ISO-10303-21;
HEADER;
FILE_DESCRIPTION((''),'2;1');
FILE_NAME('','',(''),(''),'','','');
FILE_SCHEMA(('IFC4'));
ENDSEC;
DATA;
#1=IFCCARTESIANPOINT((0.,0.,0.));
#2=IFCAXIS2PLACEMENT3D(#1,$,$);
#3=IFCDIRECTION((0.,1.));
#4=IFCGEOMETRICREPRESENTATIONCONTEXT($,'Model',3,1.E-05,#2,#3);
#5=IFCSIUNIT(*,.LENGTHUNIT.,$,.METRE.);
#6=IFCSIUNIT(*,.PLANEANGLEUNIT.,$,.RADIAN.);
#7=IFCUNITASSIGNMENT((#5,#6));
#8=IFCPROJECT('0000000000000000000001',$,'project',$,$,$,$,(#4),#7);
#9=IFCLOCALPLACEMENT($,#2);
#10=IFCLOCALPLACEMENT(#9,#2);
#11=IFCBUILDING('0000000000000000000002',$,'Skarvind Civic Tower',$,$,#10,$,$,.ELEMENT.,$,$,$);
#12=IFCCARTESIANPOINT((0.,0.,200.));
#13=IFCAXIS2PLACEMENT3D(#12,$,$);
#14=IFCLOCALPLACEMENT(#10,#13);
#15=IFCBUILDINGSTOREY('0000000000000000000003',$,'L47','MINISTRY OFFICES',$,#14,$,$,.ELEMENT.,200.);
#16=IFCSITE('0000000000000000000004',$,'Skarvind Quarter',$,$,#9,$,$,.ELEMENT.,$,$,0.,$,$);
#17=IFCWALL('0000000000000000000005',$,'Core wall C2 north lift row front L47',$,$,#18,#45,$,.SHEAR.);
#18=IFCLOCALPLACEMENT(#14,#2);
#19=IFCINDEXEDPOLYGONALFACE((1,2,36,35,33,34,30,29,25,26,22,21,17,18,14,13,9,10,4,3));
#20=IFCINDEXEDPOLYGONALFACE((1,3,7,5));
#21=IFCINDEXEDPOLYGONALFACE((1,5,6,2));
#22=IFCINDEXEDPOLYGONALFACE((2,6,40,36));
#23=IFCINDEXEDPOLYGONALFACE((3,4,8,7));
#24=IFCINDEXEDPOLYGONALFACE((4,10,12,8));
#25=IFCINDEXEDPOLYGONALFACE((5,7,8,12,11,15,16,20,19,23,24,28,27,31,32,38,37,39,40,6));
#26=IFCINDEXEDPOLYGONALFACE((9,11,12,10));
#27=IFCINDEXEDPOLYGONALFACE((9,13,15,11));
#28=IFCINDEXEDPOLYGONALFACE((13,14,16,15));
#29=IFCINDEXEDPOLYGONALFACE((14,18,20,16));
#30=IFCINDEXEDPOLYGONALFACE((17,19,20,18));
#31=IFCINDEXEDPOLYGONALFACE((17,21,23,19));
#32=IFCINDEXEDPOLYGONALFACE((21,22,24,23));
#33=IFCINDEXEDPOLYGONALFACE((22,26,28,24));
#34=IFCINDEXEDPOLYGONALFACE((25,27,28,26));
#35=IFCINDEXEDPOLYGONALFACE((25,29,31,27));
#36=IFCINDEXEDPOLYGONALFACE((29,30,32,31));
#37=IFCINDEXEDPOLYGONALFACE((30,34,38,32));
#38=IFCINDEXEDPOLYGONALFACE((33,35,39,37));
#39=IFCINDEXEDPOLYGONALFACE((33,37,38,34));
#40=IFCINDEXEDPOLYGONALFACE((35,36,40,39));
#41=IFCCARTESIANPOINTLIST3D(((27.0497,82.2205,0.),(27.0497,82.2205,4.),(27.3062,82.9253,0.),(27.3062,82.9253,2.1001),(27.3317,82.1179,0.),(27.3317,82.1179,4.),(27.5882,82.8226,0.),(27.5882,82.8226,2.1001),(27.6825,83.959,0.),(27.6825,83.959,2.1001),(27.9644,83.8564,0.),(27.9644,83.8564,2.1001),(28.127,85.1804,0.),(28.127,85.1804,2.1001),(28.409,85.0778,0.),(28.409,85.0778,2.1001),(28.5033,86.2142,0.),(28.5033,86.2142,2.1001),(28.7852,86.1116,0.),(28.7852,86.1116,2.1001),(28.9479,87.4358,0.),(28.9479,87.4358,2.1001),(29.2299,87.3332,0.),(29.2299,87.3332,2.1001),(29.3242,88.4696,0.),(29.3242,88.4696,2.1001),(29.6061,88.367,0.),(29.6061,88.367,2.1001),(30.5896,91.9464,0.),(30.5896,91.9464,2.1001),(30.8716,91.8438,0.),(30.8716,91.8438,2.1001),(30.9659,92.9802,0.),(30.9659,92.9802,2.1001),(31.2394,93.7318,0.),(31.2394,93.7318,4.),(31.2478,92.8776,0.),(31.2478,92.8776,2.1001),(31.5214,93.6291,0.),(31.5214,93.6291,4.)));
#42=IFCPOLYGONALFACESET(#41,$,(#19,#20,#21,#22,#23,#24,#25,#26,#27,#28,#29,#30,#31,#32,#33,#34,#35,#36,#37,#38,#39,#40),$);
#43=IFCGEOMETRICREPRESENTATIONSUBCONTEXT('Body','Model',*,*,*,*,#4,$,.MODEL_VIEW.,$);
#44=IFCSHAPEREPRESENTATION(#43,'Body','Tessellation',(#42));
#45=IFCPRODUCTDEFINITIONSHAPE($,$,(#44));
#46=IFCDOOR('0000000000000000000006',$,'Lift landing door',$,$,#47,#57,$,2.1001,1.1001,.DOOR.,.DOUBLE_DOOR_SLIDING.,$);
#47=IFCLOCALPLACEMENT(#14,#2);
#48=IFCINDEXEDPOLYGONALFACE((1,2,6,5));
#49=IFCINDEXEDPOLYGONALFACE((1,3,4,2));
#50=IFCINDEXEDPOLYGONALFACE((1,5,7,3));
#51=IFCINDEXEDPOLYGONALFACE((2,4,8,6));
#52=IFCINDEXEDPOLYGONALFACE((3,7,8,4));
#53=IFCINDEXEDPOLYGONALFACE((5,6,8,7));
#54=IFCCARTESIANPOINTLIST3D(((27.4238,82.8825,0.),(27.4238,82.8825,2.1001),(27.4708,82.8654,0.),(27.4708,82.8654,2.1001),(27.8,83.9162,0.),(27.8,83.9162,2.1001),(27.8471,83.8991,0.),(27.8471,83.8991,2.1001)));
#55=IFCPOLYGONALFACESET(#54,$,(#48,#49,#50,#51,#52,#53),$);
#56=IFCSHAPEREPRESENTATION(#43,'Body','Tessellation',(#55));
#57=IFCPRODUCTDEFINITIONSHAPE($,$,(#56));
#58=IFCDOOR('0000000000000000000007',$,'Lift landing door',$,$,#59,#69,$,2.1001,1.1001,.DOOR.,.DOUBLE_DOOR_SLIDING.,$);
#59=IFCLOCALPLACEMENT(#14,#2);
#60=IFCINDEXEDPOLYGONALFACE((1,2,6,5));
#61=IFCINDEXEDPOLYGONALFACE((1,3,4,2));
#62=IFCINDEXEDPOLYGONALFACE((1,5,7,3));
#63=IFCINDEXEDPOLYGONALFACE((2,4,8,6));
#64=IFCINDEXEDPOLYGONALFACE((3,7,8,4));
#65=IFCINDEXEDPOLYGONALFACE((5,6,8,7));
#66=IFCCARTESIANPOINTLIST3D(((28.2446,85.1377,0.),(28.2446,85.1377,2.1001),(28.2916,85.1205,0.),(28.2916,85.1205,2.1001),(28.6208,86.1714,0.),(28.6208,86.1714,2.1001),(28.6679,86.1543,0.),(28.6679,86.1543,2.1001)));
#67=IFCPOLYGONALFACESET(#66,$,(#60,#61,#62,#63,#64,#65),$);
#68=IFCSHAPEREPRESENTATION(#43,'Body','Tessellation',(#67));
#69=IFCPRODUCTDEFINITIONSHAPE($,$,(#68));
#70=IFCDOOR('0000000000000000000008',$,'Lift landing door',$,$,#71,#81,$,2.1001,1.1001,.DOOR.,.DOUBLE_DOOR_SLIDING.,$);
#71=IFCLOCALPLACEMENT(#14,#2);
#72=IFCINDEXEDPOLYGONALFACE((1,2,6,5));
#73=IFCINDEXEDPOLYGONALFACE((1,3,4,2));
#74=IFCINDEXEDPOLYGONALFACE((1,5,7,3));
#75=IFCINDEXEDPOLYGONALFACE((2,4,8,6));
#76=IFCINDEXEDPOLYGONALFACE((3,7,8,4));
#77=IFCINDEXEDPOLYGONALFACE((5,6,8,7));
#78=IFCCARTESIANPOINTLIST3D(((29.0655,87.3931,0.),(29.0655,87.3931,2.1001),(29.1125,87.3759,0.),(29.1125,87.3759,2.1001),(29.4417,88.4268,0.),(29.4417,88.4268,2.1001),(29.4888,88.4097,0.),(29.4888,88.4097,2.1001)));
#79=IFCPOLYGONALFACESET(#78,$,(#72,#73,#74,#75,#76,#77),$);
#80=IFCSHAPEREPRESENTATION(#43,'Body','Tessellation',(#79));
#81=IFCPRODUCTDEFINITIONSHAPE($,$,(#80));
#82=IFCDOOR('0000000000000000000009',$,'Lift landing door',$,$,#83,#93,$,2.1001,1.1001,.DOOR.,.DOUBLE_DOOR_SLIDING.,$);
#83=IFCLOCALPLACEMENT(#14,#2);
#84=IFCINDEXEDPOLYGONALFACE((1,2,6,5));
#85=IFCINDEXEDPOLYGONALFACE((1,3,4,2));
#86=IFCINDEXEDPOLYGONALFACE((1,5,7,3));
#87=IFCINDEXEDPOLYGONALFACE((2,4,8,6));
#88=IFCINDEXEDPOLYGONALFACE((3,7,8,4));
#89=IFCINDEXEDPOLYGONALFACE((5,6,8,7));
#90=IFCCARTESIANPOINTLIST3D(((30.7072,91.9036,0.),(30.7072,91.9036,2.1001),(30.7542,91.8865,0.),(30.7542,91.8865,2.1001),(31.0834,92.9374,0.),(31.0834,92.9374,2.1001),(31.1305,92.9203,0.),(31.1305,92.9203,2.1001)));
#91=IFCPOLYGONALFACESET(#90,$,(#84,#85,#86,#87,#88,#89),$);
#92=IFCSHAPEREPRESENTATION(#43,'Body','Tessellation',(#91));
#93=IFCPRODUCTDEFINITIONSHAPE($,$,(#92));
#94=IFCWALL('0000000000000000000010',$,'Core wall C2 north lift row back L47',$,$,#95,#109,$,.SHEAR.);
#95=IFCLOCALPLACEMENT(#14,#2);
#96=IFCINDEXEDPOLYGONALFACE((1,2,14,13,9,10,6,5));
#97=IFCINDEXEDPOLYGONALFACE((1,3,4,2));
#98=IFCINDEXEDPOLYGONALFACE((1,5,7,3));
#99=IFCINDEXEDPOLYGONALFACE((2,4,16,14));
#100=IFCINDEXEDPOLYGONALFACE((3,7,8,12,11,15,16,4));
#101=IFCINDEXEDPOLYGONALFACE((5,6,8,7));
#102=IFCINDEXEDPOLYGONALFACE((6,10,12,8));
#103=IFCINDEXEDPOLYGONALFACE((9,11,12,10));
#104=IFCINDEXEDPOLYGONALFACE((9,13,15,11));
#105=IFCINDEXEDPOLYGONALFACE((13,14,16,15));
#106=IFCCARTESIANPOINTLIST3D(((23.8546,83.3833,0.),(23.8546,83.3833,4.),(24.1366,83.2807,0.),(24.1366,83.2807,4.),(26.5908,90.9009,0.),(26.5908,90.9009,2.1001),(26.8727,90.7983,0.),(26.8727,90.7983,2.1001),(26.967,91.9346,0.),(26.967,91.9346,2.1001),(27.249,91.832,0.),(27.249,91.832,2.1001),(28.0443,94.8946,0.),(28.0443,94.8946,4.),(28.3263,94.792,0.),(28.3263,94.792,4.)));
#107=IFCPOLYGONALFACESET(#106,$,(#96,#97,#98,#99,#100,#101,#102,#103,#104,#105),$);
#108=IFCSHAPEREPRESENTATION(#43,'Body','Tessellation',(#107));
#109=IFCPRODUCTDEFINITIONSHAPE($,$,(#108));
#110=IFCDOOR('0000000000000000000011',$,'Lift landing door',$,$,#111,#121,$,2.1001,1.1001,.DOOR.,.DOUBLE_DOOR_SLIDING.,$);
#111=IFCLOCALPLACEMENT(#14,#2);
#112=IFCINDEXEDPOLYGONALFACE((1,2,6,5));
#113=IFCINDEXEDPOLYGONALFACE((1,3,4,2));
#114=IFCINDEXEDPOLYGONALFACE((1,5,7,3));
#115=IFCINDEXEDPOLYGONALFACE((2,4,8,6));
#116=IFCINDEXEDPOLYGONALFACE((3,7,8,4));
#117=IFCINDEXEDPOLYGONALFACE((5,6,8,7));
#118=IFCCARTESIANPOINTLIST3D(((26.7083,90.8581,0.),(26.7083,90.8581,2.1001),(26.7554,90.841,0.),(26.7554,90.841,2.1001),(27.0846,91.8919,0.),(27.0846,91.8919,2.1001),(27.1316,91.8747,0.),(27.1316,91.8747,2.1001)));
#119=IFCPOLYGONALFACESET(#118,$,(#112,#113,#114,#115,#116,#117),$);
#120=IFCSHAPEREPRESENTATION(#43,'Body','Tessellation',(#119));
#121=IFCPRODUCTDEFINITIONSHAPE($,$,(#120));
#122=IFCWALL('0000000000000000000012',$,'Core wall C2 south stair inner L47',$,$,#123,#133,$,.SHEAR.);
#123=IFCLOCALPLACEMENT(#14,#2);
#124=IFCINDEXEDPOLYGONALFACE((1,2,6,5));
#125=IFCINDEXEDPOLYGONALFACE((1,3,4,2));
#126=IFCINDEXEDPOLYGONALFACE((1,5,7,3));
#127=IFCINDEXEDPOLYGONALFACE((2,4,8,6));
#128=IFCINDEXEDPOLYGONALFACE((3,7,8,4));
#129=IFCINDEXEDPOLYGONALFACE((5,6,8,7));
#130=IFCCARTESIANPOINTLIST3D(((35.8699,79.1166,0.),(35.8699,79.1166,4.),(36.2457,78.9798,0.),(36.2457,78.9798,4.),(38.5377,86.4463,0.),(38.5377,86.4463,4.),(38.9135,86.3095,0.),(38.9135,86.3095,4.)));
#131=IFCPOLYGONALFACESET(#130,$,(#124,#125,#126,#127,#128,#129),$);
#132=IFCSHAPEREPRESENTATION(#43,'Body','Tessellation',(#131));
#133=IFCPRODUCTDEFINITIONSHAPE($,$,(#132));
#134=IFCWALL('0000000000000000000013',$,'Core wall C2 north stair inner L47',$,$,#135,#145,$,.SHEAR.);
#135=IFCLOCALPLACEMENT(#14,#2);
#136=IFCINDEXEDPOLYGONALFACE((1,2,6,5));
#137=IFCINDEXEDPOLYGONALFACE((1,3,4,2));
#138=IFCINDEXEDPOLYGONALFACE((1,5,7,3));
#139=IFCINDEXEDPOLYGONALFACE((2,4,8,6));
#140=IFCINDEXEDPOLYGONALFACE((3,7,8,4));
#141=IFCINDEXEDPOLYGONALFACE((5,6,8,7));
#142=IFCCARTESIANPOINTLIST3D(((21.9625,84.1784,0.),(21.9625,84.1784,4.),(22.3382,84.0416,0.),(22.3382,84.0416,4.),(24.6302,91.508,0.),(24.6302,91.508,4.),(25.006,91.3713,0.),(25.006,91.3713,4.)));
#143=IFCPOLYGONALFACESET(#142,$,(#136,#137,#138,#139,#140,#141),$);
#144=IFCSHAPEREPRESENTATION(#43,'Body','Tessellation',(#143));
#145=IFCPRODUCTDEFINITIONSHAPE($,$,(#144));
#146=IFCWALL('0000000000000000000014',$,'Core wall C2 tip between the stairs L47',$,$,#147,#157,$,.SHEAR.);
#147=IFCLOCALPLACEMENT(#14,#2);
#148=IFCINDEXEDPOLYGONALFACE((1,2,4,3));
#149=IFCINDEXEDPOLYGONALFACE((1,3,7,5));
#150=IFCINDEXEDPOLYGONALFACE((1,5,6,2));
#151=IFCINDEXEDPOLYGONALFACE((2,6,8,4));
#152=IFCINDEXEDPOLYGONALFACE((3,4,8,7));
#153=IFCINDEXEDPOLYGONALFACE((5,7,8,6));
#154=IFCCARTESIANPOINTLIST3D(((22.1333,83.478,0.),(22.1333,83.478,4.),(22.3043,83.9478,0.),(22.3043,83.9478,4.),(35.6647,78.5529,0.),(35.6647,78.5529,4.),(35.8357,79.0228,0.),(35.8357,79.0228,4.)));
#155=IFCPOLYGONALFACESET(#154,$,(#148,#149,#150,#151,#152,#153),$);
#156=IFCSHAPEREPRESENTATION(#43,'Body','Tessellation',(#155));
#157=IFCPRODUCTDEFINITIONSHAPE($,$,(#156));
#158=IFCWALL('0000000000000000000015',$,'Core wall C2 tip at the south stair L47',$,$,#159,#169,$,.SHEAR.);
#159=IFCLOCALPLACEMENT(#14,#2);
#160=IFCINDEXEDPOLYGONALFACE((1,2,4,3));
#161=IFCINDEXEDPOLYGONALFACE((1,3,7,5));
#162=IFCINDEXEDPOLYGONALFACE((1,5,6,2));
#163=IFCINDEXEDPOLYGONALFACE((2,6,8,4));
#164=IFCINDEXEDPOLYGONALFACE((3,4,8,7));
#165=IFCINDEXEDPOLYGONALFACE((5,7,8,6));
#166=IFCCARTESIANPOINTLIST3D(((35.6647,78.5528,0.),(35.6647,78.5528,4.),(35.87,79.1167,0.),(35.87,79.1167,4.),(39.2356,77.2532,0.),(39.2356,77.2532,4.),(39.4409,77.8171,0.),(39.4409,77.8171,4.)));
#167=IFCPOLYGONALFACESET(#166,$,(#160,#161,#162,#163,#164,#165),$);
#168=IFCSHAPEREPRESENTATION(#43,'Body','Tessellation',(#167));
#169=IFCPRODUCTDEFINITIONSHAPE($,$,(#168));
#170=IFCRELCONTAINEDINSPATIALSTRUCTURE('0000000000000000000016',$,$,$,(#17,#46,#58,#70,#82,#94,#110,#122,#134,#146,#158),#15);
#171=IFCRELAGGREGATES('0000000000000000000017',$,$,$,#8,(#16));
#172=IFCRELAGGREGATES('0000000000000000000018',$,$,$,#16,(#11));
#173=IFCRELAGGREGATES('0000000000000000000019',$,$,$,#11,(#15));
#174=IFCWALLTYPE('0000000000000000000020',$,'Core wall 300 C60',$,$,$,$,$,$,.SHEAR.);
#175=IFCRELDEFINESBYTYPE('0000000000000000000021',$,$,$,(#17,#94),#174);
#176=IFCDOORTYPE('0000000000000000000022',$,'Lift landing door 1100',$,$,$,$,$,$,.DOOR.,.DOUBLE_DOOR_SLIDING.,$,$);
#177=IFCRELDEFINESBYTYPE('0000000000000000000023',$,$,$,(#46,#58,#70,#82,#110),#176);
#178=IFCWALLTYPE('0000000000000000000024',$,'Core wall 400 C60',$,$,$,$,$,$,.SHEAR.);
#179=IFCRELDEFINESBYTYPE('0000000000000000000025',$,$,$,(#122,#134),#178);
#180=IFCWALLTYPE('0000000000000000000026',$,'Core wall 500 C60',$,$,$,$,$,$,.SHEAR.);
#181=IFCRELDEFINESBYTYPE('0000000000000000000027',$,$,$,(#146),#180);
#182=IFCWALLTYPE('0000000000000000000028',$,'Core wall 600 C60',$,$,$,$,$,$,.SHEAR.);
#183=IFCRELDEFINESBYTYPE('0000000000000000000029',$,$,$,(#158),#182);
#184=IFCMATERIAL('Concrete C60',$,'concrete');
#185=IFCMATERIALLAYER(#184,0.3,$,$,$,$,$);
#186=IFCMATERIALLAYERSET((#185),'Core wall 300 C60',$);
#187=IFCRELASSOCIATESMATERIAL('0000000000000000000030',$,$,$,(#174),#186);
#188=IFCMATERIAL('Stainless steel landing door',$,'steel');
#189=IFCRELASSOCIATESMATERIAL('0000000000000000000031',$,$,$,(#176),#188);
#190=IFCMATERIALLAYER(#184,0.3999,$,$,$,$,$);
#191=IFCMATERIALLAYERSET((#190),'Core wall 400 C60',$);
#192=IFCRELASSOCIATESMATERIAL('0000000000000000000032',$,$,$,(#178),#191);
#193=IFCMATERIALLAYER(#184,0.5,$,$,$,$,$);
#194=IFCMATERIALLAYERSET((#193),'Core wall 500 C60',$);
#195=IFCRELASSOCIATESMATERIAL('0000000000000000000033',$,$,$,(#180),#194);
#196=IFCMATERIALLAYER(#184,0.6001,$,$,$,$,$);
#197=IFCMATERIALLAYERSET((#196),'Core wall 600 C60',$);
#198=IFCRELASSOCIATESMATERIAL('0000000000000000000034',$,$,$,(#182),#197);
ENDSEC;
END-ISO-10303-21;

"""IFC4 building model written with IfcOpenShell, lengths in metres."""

from ifc_helpers import new_model, si_unit, direction, frame, frame_2d, origin, place, context, subcontext, project, spatial, rectangle, extrude, material, layer, layer_set, type_object, element, fill, save


model = new_model("IFC4")

# Units and contexts
model_context = context("Model", 3, precision=1e-05, world=origin(), true_north=direction((0.0, 1.0)))
body_context = subcontext(model_context, "Body", "Model", "MODEL_VIEW")
ifc_project = project(units=[si_unit("LENGTHUNIT", "METRE"), si_unit("PLANEANGLEUNIT", "RADIAN")], contexts=[model_context])

# Site, building, storey
site_placement = place(None, origin())
site = spatial("IfcSite", under=ifc_project, at=site_placement, Name="Skarvind Quarter", CompositionType="ELEMENT", RefElevation=0.0)
building_placement = place(site_placement, origin())
building = spatial("IfcBuilding", under=site, at=building_placement, Name="Skarvind Civic Tower", CompositionType="ELEMENT")
storey_placement = place(building_placement, frame((0.0, 0.0, 200.0)))
storey = spatial("IfcBuildingStorey", under=building, at=storey_placement, Name="L47", Description="MINISTRY OFFICES", CompositionType="ELEMENT", Elevation=200.0)

# Shared definitions
ifc_material_1 = material(Name="Concrete C60", Category="concrete")
ifc_layer_1 = layer(ifc_material_1, 0.3)
ifc_layer_set_1 = layer_set([ifc_layer_1], Name="Core wall 300 C60")
wall_type_1 = type_object("IfcWallType", Name="Core wall 300 C60", PredefinedType="SHEAR", material=ifc_layer_set_1)

# Wall, openings, doors
wall_1_placement = place(storey_placement, frame((27.1907, 82.1692, 0.0), z_axis=(0.0, 0.0, 1.0), x_axis=(0.342017, 0.939694, 0.0)))
wall_1 = element("IfcWall", 1, at=wall_1_placement, inside=storey, type_object=wall_type_1, Name="Core wall C2 north lift row front L47", PredefinedType="SHEAR", context=body_context, shape_type="SweptSolid", body=[
    extrude(rectangle(XDim=12.25, YDim=0.3, at=frame_2d((6.125, 0.0))), origin(), (0.0, 0.0, 1.0), 4.0),
])
opening_1_placement = place(wall_1_placement, frame((0.75, 0.0, 0.0)))
opening_1 = element("IfcOpeningElement", 2, at=opening_1_placement, cuts=wall_1, PredefinedType="OPENING", context=body_context, shape_type="SweptSolid", body=[
    extrude(rectangle(XDim=1.1001, YDim=2.1001, at=frame_2d((0.55, 1.05))), frame((0.0, 0.1599, 0.0), z_axis=(0.0, -1.0, 0.0), x_axis=(1.0, 0.0, 0.0)), (0.0, 0.0, 1.0), 0.3201),
])
opening_2_placement = place(wall_1_placement, frame((3.1499, 0.0, 0.0)))
opening_2 = element("IfcOpeningElement", 3, at=opening_2_placement, cuts=wall_1, PredefinedType="OPENING", context=body_context, shape_type="SweptSolid", body=[
    extrude(rectangle(XDim=1.1001, YDim=2.1001, at=frame_2d((0.55, 1.05))), frame((0.0, 0.1599, 0.0), z_axis=(0.0, -1.0, 0.0), x_axis=(1.0, 0.0, 0.0)), (0.0, 0.0, 1.0), 0.3201),
])
opening_3_placement = place(wall_1_placement, frame((5.55, 0.0, 0.0)))
opening_3 = element("IfcOpeningElement", 4, at=opening_3_placement, cuts=wall_1, PredefinedType="OPENING", context=body_context, shape_type="SweptSolid", body=[
    extrude(rectangle(XDim=1.1001, YDim=2.1001, at=frame_2d((0.55, 1.05))), frame((0.0, 0.1599, 0.0), z_axis=(0.0, -1.0, 0.0), x_axis=(1.0, 0.0, 0.0)), (0.0, 0.0, 1.0), 0.3201),
])
opening_4_placement = place(wall_1_placement, frame((10.3501, 0.0, 0.0)))
opening_4 = element("IfcOpeningElement", 5, at=opening_4_placement, cuts=wall_1, PredefinedType="OPENING", context=body_context, shape_type="SweptSolid", body=[
    extrude(rectangle(XDim=1.1001, YDim=2.1001, at=frame_2d((0.55, 1.05))), frame((0.0, 0.1599, 0.0), z_axis=(0.0, -1.0, 0.0), x_axis=(1.0, 0.0, 0.0)), (0.0, 0.0, 1.0), 0.3201),
])
ifc_material_2 = material(Name="Stainless steel landing door", Category="steel")
door_type_1 = type_object("IfcDoorType", Name="Lift landing door 1100", OperationType="DOUBLE_DOOR_SLIDING", PredefinedType="DOOR", material=ifc_material_2)
door_1_placement = place(opening_1_placement, origin())
door_1 = element("IfcDoor", 6, at=door_1_placement, inside=storey, type_object=door_type_1, Name="Lift landing door", OperationType="DOUBLE_DOOR_SLIDING", OverallHeight=2.1001, OverallWidth=1.1001, PredefinedType="DOOR", context=body_context, shape_type="SweptSolid", body=[
    extrude(rectangle(XDim=1.1001, YDim=2.1001, at=frame_2d((0.55, 1.05))), frame((0.0, 0.0249, 0.0), z_axis=(0.0, -1.0, 0.0), x_axis=(1.0, 0.0, 0.0)), (0.0, 0.0, 1.0), 0.05),
])
fill(opening_1, door_1)
door_2_placement = place(opening_2_placement, origin())
door_2 = element("IfcDoor", 7, at=door_2_placement, inside=storey, type_object=door_type_1, Name="Lift landing door", OperationType="DOUBLE_DOOR_SLIDING", OverallHeight=2.1001, OverallWidth=1.1001, PredefinedType="DOOR", context=body_context, shape_type="SweptSolid", body=[
    extrude(rectangle(XDim=1.1001, YDim=2.1001, at=frame_2d((0.55, 1.05))), frame((0.0, 0.0249, 0.0), z_axis=(0.0, -1.0, 0.0), x_axis=(1.0, 0.0, 0.0)), (0.0, 0.0, 1.0), 0.05),
])
fill(opening_2, door_2)
door_3_placement = place(opening_3_placement, origin())
door_3 = element("IfcDoor", 8, at=door_3_placement, inside=storey, type_object=door_type_1, Name="Lift landing door", OperationType="DOUBLE_DOOR_SLIDING", OverallHeight=2.1001, OverallWidth=1.1001, PredefinedType="DOOR", context=body_context, shape_type="SweptSolid", body=[
    extrude(rectangle(XDim=1.1001, YDim=2.1001, at=frame_2d((0.55, 1.05))), frame((0.0, 0.0249, 0.0), z_axis=(0.0, -1.0, 0.0), x_axis=(1.0, 0.0, 0.0)), (0.0, 0.0, 1.0), 0.05),
])
fill(opening_3, door_3)
door_4_placement = place(opening_4_placement, origin())
door_4 = element("IfcDoor", 9, at=door_4_placement, inside=storey, type_object=door_type_1, Name="Lift landing door", OperationType="DOUBLE_DOOR_SLIDING", OverallHeight=2.1001, OverallWidth=1.1001, PredefinedType="DOOR", context=body_context, shape_type="SweptSolid", body=[
    extrude(rectangle(XDim=1.1001, YDim=2.1001, at=frame_2d((0.55, 1.05))), frame((0.0, 0.0249, 0.0), z_axis=(0.0, -1.0, 0.0), x_axis=(1.0, 0.0, 0.0)), (0.0, 0.0, 1.0), 0.05),
])
fill(opening_4, door_4)

# Wall, opening, door
wall_2_placement = place(storey_placement, frame((23.9956, 83.332, 0.0), z_axis=(0.0, 0.0, 1.0), x_axis=(0.342017, 0.939694, 0.0)))
wall_2 = element("IfcWall", 10, at=wall_2_placement, inside=storey, type_object=wall_type_1, Name="Core wall C2 north lift row back L47", PredefinedType="SHEAR", context=body_context, shape_type="SweptSolid", body=[
    extrude(rectangle(XDim=12.25, YDim=0.3, at=frame_2d((6.125, 0.0))), origin(), (0.0, 0.0, 1.0), 4.0),
])
opening_5_placement = place(wall_2_placement, frame((8.0, 0.0, 0.0)))
opening_5 = element("IfcOpeningElement", 11, at=opening_5_placement, cuts=wall_2, PredefinedType="OPENING", context=body_context, shape_type="SweptSolid", body=[
    extrude(rectangle(XDim=1.1001, YDim=2.1001, at=frame_2d((0.55, 1.05))), frame((0.0, 0.1599, 0.0), z_axis=(0.0, -1.0, 0.0), x_axis=(1.0, 0.0, 0.0)), (0.0, 0.0, 1.0), 0.3201),
])
door_5_placement = place(opening_5_placement, origin())
door_5 = element("IfcDoor", 12, at=door_5_placement, inside=storey, type_object=door_type_1, Name="Lift landing door", OperationType="DOUBLE_DOOR_SLIDING", OverallHeight=2.1001, OverallWidth=1.1001, PredefinedType="DOOR", context=body_context, shape_type="SweptSolid", body=[
    extrude(rectangle(XDim=1.1001, YDim=2.1001, at=frame_2d((0.55, 1.05))), frame((0.0, 0.0249, 0.0), z_axis=(0.0, -1.0, 0.0), x_axis=(1.0, 0.0, 0.0)), (0.0, 0.0, 1.0), 0.05),
])
fill(opening_5, door_5)

# Walls
ifc_layer_2 = layer(ifc_material_1, 0.3999)
ifc_layer_set_2 = layer_set([ifc_layer_2], Name="Core wall 400 C60")
wall_type_2 = type_object("IfcWallType", Name="Core wall 400 C60", PredefinedType="SHEAR", material=ifc_layer_set_2)
for number, where, z_axis, x_axis, name in (
    (13, (36.0579, 79.0483, 0.0), (0.0, 0.0, 1.0), (0.342017, 0.939694, 0.0), "Core wall C2 south stair inner L47"),
    (14, (22.1504, 84.1101, 0.0), (0.0, 0.0, 1.0), (0.342017, 0.939694, 0.0), "Core wall C2 north stair inner L47"),
):
    element("IfcWall", number, at=place(storey_placement, frame(where, z_axis=z_axis, x_axis=x_axis)), inside=storey, type_object=wall_type_2, Name=name, PredefinedType="SHEAR", context=body_context, shape_type="SweptSolid", body=[
        extrude(rectangle(XDim=7.8, YDim=0.3999, at=frame_2d((3.8999, 0.0))), origin(), (0.0, 0.0, 1.0), 4.0),
    ])
ifc_layer_3 = layer(ifc_material_1, 0.5)
ifc_layer_set_3 = layer_set([ifc_layer_3], Name="Core wall 500 C60")
wall_type_3 = type_object("IfcWallType", Name="Core wall 500 C60", PredefinedType="SHEAR", material=ifc_layer_set_3)
wall_3_placement = place(storey_placement, frame((35.7502, 78.7878, 0.0), z_axis=(0.0, 0.0, 1.0), x_axis=(-0.939693, 0.342019, 0.0)))
element("IfcWall", 15, at=wall_3_placement, inside=storey, type_object=wall_type_3, Name="Core wall C2 tip between the stairs L47", PredefinedType="SHEAR", context=body_context, shape_type="SweptSolid", body=[
    extrude(rectangle(XDim=14.3999, YDim=0.5, at=frame_2d((7.2, 0.0))), origin(), (0.0, 0.0, 1.0), 4.0),
])
ifc_layer_4 = layer(ifc_material_1, 0.6001)
ifc_layer_set_4 = layer_set([ifc_layer_4], Name="Core wall 600 C60")
wall_type_4 = type_object("IfcWallType", Name="Core wall 600 C60", PredefinedType="SHEAR", material=ifc_layer_set_4)
for number, where, z_axis, x_axis, name in (
    (16, (39.3381, 77.5352, 0.0), (0.0, 0.0, 1.0), (-0.939701, 0.341996, 0.0), "Core wall C2 tip at the south stair L47"),
):
    element("IfcWall", number, at=place(storey_placement, frame(where, z_axis=z_axis, x_axis=x_axis)), inside=storey, type_object=wall_type_4, Name=name, PredefinedType="SHEAR", context=body_context, shape_type="SweptSolid", body=[
        extrude(rectangle(XDim=3.8, YDim=0.6001, at=frame_2d((1.8999, 0.0))), origin(), (0.0, 0.0, 1.0), 4.0),
    ])

save(model, "model.ifc")
